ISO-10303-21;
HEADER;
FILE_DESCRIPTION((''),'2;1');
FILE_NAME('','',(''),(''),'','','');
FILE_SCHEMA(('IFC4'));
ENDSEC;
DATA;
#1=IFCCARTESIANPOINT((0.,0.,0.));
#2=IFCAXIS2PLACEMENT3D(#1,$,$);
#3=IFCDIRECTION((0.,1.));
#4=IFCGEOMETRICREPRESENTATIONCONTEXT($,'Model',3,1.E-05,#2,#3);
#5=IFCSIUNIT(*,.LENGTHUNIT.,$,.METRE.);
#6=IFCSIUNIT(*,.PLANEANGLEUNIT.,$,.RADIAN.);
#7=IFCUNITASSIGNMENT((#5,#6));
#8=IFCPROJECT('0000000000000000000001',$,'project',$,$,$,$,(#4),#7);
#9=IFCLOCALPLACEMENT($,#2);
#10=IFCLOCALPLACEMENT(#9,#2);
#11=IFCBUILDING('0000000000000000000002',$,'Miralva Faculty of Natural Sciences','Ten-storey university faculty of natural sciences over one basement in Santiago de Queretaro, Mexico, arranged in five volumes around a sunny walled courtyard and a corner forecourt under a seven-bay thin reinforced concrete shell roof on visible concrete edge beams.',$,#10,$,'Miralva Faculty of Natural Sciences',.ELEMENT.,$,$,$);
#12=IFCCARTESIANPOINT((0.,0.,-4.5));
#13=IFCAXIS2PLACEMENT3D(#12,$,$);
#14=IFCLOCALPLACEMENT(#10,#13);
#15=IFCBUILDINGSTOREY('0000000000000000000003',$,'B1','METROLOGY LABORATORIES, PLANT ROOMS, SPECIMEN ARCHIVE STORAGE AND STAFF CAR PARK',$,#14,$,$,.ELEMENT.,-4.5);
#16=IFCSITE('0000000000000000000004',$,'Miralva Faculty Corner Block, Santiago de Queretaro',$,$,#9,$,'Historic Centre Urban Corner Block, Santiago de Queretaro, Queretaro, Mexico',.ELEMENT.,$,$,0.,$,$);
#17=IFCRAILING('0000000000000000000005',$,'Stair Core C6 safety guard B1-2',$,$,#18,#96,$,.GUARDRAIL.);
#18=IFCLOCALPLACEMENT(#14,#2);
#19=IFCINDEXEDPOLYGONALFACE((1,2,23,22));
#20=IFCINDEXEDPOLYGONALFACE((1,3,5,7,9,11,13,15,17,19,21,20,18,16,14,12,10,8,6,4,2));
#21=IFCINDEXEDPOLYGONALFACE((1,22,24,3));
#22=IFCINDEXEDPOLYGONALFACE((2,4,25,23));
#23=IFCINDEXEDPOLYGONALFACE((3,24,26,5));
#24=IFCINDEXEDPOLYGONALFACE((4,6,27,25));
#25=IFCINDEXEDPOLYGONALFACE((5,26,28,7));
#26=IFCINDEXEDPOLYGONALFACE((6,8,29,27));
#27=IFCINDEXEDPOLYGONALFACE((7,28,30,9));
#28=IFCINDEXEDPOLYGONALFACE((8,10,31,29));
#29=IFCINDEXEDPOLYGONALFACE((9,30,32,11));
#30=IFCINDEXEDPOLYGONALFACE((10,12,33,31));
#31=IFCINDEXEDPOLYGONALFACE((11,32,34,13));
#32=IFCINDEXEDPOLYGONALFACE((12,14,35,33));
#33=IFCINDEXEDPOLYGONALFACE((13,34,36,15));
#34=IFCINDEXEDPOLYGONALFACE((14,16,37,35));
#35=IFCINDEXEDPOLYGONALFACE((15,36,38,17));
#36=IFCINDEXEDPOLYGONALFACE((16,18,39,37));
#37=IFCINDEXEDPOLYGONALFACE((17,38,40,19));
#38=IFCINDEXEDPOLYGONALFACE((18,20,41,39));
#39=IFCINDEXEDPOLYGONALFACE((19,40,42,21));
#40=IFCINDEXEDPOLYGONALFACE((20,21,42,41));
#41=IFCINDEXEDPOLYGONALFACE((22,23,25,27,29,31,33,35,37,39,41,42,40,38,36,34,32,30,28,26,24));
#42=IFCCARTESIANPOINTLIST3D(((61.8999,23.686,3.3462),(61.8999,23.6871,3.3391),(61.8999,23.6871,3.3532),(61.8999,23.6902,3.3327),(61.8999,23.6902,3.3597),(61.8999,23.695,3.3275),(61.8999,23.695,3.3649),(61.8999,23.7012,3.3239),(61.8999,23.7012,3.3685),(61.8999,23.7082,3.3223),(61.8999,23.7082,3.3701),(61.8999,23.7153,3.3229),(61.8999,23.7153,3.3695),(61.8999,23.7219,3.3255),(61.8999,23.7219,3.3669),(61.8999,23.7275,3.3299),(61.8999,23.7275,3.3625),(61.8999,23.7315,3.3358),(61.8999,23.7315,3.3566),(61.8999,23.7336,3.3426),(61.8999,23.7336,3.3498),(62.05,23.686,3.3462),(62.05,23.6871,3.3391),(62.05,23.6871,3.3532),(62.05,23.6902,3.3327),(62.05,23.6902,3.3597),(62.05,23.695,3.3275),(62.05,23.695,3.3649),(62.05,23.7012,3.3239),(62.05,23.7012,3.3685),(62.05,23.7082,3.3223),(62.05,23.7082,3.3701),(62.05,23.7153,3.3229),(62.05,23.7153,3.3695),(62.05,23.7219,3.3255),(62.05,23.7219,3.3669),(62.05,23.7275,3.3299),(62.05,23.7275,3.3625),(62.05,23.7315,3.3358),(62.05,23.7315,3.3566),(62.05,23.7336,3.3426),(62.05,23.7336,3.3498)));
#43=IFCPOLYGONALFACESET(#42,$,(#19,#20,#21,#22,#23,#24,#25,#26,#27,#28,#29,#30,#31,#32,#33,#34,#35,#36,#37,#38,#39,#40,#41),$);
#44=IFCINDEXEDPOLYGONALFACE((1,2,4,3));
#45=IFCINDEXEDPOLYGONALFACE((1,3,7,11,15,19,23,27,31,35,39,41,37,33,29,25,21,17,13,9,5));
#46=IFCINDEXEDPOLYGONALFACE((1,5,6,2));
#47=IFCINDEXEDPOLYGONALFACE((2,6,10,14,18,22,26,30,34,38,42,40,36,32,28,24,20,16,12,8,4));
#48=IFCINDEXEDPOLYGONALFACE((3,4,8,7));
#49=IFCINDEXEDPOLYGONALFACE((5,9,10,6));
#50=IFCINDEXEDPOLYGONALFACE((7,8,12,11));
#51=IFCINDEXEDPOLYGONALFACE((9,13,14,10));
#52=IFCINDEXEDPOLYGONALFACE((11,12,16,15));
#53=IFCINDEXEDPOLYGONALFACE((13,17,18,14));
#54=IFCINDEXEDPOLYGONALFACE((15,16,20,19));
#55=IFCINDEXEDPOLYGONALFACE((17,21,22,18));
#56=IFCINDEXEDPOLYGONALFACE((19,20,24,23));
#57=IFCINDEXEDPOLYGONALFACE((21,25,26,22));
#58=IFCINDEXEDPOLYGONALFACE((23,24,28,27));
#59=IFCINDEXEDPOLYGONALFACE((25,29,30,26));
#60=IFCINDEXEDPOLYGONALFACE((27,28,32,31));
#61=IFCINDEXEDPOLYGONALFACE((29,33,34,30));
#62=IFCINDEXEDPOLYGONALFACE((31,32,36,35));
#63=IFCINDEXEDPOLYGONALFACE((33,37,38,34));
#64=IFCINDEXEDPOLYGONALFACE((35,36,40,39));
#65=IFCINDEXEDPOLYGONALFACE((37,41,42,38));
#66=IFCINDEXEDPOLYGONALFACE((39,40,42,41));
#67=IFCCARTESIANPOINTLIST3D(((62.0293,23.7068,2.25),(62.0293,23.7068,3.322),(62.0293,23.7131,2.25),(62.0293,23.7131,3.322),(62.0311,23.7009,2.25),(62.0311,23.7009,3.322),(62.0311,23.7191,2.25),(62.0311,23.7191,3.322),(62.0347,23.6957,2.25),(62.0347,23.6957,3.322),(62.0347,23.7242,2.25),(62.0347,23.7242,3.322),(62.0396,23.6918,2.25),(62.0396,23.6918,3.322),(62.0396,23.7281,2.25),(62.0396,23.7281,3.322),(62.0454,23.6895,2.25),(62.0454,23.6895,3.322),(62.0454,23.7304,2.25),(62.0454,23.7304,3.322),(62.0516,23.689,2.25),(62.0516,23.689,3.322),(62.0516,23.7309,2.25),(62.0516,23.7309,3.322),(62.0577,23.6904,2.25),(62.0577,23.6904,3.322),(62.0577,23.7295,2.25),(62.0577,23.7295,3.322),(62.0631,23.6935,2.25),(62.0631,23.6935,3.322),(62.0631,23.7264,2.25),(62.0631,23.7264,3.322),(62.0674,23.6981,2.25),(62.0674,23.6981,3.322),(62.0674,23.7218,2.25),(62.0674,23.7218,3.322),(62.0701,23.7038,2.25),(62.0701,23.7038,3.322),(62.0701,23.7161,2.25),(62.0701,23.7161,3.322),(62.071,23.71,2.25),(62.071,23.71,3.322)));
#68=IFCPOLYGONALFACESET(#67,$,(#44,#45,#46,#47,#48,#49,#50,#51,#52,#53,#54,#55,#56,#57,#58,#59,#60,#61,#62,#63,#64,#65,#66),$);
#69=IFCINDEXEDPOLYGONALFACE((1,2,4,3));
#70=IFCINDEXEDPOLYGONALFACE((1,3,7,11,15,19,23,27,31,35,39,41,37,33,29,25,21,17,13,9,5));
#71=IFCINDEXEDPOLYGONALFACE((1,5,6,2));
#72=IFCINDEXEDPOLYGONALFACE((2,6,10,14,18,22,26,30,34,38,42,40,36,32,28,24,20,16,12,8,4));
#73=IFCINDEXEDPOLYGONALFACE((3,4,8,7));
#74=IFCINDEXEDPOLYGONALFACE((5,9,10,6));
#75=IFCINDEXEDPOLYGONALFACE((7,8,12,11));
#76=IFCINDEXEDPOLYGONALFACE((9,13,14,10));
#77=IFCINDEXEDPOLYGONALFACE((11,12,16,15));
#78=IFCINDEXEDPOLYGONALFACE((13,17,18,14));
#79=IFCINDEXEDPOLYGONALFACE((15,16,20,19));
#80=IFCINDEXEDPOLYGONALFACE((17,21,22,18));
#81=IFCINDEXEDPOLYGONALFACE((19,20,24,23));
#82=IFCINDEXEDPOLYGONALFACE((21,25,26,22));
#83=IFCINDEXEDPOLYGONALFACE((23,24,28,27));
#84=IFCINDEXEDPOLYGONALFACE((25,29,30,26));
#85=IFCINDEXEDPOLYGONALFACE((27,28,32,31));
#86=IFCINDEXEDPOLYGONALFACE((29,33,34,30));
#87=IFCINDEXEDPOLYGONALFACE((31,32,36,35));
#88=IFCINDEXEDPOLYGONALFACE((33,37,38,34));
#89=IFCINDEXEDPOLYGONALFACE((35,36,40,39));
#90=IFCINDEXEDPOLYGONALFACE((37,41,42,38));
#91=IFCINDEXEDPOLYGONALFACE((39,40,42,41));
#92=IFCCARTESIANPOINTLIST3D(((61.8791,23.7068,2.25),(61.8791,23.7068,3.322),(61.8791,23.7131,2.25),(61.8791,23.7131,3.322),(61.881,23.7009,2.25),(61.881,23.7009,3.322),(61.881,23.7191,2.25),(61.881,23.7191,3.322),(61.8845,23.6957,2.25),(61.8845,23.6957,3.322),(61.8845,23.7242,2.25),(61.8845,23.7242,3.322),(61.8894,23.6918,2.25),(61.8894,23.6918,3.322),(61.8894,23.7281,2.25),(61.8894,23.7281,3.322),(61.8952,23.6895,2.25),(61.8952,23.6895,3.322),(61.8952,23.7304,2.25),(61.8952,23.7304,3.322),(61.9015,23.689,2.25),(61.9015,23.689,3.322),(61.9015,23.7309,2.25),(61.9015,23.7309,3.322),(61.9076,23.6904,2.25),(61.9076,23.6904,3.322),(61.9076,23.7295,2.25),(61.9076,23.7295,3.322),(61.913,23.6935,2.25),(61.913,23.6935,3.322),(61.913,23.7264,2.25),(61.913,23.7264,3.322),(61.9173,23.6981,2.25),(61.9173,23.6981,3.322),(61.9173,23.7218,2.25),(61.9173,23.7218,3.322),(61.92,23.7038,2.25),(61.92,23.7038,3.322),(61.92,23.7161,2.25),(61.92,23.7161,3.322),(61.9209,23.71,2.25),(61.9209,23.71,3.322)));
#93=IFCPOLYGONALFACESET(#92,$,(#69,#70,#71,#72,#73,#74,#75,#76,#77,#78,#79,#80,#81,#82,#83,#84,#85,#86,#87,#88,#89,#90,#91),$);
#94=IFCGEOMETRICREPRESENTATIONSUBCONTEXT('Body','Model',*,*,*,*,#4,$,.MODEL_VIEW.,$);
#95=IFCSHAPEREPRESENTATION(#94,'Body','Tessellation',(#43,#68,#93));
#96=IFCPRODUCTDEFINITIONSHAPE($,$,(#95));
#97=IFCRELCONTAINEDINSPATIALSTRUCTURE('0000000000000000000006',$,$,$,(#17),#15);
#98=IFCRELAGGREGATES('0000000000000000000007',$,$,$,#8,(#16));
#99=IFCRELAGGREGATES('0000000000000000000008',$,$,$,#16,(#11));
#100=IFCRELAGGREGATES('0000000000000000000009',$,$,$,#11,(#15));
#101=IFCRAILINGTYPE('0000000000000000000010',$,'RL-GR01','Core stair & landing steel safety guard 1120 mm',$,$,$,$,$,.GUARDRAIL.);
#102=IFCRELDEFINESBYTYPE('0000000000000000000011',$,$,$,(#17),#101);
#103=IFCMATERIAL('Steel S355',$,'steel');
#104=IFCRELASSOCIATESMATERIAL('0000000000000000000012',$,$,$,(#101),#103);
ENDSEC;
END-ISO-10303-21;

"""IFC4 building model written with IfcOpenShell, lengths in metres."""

from ifc_helpers import new_model, si_unit, direction, frame, origin, origin_2d, place, context, subcontext, project, spatial, circle, extrude, material, type_object, element, save


model = new_model("IFC4")

# Units and contexts
model_context = context("Model", 3, precision=1e-05, world=origin(), true_north=direction((0.0, 1.0)))
body_context = subcontext(model_context, "Body", "Model", "MODEL_VIEW")
ifc_project = project(units=[si_unit("LENGTHUNIT", "METRE"), si_unit("PLANEANGLEUNIT", "RADIAN")], contexts=[model_context])

# Site, building, storey
site_placement = place(None, origin())
site = spatial("IfcSite", under=ifc_project, at=site_placement, Name="Miralva Faculty Corner Block, Santiago de Queretaro", LongName="Historic Centre Urban Corner Block, Santiago de Queretaro, Queretaro, Mexico", CompositionType="ELEMENT", RefElevation=0.0)
building_placement = place(site_placement, origin())
building = spatial("IfcBuilding", under=site, at=building_placement, Name="Miralva Faculty of Natural Sciences", Description="Ten-storey university faculty of natural sciences over one basement in Santiago de Queretaro, Mexico, arranged in five volumes around a sunny walled courtyard and a corner forecourt under a seven-bay thin reinforced concrete shell roof on visible concrete edge beams.", LongName="Miralva Faculty of Natural Sciences", CompositionType="ELEMENT")
storey_placement = place(building_placement, frame((0.0, 0.0, -4.5)))
storey = spatial("IfcBuildingStorey", under=building, at=storey_placement, Name="B1", Description="METROLOGY LABORATORIES, PLANT ROOMS, SPECIMEN ARCHIVE STORAGE AND STAFF CAR PARK", CompositionType="ELEMENT", Elevation=-4.5)

# Railing
ifc_material_1 = material(Name="Steel S355", Category="steel")
railing_type_1 = type_object("IfcRailingType", Name="RL-GR01", Description="Core stair & landing steel safety guard 1120 mm", PredefinedType="GUARDRAIL", material=ifc_material_1)
railing_1_placement = place(storey_placement, frame((62.05, 23.71, 2.25)))
element("IfcRailing", 1, at=railing_1_placement, inside=storey, type_object=railing_type_1, Name="Stair Core C6 safety guard B1-2", PredefinedType="GUARDRAIL", context=body_context, shape_type="SweptSolid", body=[
    extrude(circle(Radius=0.0239, at=origin_2d()), frame((0.0, 0.0, 1.0962), z_axis=(-1.0, 0.0, 0.0), x_axis=(0.0, -1.0, 0.0)), (0.0, 0.0, 1.0), 0.1501),
    extrude(circle(Radius=0.021, at=origin_2d()), origin(), (0.0, 0.0, 1.0), 1.072),
    extrude(circle(Radius=0.021, at=origin_2d()), frame((-0.1501, 0.0, 0.0)), (0.0, 0.0, 1.0), 1.072),
])

save(model, "model.ifc")
